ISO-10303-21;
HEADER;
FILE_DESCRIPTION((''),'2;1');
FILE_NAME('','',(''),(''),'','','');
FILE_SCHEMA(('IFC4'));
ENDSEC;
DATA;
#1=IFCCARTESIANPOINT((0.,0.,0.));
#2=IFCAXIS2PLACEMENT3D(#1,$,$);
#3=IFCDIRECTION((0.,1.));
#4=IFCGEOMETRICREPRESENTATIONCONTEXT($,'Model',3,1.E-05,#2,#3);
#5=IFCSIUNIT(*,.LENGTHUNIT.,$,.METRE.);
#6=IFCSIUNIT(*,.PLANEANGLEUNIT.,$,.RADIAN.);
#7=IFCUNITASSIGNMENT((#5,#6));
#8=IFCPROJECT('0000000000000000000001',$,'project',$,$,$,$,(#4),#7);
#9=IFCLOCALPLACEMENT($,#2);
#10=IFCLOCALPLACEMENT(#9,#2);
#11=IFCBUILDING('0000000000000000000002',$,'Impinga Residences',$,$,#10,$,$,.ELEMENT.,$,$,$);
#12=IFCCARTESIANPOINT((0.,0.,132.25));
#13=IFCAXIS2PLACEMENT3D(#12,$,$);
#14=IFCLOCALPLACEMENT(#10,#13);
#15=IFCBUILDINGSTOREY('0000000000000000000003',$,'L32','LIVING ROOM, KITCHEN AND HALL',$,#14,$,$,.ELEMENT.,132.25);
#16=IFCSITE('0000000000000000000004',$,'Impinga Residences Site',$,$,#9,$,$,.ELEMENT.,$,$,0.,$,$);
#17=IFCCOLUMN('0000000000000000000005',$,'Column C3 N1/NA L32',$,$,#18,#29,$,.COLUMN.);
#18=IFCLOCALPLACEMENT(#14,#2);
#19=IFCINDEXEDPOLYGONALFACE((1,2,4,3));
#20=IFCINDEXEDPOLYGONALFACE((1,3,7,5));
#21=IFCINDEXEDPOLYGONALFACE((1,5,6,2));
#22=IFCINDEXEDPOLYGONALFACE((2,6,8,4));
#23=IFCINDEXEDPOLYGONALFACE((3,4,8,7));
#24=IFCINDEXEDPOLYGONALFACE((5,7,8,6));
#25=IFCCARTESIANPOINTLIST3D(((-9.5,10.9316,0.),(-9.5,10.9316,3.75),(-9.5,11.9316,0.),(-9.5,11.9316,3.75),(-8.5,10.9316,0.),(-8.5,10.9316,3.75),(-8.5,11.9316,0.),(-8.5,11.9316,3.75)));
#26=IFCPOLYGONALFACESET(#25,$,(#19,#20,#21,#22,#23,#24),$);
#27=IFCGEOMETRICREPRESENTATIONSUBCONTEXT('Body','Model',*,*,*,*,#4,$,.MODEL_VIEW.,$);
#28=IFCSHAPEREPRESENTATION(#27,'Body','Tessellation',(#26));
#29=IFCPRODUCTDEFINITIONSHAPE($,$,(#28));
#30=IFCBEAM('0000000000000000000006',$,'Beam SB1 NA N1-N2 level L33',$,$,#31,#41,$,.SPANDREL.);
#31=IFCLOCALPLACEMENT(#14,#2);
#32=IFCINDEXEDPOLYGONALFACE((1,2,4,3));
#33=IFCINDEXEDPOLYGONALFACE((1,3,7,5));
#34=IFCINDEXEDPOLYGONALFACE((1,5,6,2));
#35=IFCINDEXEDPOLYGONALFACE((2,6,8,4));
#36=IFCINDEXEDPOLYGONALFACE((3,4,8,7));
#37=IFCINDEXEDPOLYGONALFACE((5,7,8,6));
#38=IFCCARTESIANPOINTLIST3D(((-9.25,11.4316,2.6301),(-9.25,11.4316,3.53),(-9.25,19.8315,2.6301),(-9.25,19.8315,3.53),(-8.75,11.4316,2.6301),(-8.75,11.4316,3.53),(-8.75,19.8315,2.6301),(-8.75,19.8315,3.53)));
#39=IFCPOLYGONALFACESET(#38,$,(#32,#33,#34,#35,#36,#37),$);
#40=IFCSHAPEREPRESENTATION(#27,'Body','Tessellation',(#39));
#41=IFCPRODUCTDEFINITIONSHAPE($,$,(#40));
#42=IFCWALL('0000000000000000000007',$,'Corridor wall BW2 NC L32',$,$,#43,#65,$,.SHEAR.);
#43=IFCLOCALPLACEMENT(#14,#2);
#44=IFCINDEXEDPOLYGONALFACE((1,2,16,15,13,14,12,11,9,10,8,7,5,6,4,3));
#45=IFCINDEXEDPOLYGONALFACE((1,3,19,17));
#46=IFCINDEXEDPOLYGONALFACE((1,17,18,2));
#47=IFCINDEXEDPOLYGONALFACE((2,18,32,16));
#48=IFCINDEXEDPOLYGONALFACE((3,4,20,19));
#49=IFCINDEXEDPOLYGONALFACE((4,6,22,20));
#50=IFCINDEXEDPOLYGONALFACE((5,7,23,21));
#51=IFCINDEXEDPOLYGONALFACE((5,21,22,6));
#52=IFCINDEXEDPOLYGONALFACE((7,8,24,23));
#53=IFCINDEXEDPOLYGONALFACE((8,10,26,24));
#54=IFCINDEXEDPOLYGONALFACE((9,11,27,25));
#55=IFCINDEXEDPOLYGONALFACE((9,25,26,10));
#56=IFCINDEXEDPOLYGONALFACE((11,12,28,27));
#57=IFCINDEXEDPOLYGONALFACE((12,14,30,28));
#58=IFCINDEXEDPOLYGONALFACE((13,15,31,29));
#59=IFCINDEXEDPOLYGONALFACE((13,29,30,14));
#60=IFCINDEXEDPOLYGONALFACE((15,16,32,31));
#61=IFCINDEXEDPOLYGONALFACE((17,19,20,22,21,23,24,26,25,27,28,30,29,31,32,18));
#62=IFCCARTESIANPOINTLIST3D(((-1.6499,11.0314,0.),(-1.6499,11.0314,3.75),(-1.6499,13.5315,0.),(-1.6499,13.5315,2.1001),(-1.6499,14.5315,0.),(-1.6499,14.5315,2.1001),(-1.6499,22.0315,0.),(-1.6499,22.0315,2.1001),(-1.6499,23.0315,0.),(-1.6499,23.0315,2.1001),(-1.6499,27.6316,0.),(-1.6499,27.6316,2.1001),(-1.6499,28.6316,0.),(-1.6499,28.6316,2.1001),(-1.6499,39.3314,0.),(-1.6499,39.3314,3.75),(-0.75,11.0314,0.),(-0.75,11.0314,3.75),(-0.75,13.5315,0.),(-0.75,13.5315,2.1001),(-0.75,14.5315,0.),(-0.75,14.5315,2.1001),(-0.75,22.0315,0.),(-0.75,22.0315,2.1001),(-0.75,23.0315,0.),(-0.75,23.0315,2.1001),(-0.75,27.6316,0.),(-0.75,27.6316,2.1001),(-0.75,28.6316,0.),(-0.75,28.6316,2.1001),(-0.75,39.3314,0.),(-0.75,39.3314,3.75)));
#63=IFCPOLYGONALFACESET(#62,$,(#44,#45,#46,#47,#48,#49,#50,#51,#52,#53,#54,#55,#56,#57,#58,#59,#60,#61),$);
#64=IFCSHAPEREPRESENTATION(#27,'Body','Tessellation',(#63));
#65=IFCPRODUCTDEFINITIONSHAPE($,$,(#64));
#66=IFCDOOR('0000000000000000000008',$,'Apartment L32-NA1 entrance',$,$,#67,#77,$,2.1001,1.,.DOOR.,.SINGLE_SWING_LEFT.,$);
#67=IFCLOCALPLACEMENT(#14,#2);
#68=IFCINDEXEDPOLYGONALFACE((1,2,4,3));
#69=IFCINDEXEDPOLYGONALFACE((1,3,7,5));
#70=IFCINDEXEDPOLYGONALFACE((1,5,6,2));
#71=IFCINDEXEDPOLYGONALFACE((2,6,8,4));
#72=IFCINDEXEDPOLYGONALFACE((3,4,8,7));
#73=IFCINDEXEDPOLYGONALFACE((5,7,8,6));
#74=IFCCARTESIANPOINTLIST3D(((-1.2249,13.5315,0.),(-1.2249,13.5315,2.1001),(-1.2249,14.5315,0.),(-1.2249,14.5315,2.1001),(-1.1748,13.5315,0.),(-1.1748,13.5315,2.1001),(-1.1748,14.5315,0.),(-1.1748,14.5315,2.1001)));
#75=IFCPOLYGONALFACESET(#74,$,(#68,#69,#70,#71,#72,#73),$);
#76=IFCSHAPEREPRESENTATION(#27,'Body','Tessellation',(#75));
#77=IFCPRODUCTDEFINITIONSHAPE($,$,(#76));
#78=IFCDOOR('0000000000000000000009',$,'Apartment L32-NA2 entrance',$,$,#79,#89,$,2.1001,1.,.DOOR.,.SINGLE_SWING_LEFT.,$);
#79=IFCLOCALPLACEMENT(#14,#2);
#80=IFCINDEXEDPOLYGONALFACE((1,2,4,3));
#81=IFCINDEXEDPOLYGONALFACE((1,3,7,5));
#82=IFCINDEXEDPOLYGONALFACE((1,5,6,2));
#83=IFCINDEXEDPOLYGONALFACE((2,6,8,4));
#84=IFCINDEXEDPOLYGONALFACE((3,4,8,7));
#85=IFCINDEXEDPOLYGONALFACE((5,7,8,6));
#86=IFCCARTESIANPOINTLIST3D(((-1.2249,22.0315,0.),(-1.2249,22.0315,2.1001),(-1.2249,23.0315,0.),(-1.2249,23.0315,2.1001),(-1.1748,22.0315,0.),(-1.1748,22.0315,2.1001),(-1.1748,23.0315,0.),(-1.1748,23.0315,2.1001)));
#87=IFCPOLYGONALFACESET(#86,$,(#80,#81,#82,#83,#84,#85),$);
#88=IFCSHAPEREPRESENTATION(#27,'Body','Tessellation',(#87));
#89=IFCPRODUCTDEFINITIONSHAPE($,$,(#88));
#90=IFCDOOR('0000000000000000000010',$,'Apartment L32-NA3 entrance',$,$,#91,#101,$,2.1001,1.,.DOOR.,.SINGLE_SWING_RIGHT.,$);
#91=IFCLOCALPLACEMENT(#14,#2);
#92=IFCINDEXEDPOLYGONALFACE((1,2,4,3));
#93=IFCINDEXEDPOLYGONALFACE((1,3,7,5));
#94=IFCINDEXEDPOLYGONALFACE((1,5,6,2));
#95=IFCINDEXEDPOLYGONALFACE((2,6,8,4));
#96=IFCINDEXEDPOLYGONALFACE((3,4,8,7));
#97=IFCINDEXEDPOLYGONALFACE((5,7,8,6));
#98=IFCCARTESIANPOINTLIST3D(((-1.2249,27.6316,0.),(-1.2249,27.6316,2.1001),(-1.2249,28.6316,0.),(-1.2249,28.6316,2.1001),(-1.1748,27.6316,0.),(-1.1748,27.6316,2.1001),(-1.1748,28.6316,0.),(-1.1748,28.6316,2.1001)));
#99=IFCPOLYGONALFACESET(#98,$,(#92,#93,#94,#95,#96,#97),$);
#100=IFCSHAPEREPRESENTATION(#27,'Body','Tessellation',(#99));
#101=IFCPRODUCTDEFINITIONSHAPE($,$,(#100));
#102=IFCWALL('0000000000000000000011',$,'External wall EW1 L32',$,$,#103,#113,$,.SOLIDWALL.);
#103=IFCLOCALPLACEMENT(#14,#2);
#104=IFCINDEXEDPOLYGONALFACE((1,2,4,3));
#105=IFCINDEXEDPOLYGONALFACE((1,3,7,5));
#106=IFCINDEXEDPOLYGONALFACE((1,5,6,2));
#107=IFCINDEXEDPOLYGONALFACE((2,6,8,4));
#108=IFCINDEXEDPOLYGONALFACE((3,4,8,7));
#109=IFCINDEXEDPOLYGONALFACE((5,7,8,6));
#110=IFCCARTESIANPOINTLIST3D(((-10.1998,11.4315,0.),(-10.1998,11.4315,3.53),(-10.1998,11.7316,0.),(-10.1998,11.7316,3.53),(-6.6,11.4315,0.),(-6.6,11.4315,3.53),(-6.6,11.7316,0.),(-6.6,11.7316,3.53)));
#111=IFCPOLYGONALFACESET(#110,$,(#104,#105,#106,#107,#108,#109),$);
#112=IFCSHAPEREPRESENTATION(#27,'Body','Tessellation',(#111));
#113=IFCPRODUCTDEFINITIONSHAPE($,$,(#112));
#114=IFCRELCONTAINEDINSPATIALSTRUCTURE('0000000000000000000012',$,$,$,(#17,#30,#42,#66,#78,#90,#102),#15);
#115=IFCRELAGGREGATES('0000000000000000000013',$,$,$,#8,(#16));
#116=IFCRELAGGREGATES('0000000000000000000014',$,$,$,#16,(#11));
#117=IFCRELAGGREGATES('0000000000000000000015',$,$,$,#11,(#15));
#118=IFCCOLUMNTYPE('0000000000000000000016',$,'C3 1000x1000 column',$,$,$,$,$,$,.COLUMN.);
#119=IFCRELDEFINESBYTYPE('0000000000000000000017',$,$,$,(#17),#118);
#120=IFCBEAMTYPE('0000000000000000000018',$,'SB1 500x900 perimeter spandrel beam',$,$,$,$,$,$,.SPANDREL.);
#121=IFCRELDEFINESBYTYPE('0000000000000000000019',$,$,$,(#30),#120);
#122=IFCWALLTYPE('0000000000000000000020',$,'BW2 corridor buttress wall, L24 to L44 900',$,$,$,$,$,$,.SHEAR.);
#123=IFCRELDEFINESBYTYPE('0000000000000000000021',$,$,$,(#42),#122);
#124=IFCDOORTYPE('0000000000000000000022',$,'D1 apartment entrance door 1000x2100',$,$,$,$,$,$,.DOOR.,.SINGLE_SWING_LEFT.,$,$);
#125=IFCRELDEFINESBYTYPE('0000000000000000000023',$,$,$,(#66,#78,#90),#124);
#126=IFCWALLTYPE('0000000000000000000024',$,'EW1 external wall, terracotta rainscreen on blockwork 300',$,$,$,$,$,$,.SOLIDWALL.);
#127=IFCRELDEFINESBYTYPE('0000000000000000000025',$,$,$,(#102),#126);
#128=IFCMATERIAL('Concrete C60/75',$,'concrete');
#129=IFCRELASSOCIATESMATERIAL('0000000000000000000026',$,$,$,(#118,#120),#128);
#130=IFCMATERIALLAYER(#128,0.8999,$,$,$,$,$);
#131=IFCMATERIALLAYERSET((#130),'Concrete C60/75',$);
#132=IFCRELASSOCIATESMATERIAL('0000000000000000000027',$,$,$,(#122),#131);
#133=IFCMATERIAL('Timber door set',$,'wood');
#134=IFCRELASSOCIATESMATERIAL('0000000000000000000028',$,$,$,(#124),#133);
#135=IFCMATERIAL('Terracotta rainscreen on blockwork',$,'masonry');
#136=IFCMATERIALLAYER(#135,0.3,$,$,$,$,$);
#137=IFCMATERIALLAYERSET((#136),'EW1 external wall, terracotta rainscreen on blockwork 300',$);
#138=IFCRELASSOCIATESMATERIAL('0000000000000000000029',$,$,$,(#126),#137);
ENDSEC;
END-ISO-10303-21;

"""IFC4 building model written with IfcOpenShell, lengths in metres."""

from ifc_helpers import new_model, si_unit, direction, frame, frame_2d, origin, origin_2d, place, context, subcontext, project, spatial, rectangle, extrude, material, layer, layer_set, material_profile, profile_set, type_object, element, fill, save


model = new_model("IFC4")

# Units and contexts
model_context = context("Model", 3, precision=1e-05, world=origin(), true_north=direction((0.0, 1.0)))
body_context = subcontext(model_context, "Body", "Model", "MODEL_VIEW")
ifc_project = project(units=[si_unit("LENGTHUNIT", "METRE"), si_unit("PLANEANGLEUNIT", "RADIAN")], contexts=[model_context])

# Site, building, storey
site_placement = place(None, origin())
site = spatial("IfcSite", under=ifc_project, at=site_placement, Name="Impinga Residences Site", CompositionType="ELEMENT", RefElevation=0.0)
building_placement = place(site_placement, origin())
building = spatial("IfcBuilding", under=site, at=building_placement, Name="Impinga Residences", CompositionType="ELEMENT")
storey_placement = place(building_placement, frame((0.0, 0.0, 132.25)))
storey = spatial("IfcBuildingStorey", under=building, at=storey_placement, Name="L32", Description="LIVING ROOM, KITCHEN AND HALL", CompositionType="ELEMENT", Elevation=132.25)

# Column
ifc_material_1 = material(Name="Concrete C60/75", Category="concrete")
ifc_material_profile_1 = material_profile(ifc_material_1, rectangle(XDim=1.0, YDim=1.0, at=origin_2d()), Name="RC 1000x1000")
ifc_profile_set_1 = profile_set([ifc_material_profile_1], Name="Concrete C60/75")
column_type = type_object("IfcColumnType", Name="C3 1000x1000 column", PredefinedType="COLUMN", material=ifc_profile_set_1)
column_placement = place(storey_placement, frame((-9.0, 11.4316, 0.0), z_axis=(0.0, 0.0, 1.0), x_axis=(1.0, 0.0, 0.0)))
element("IfcColumn", 1, at=column_placement, inside=storey, type_object=column_type, Name="Column C3 N1/NA L32", PredefinedType="COLUMN", context=body_context, shape_type="SweptSolid", body=[
    extrude(rectangle(XDim=1.0, YDim=1.0, at=origin_2d()), origin(), (0.0, 0.0, 1.0), 3.75),
])

# Beam
ifc_material_profile_2 = material_profile(ifc_material_1, rectangle(XDim=0.5, YDim=0.8999, at=origin_2d()), Name="RC 500x900")
ifc_profile_set_2 = profile_set([ifc_material_profile_2], Name="Concrete C60/75")
beam_type = type_object("IfcBeamType", Name="SB1 500x900 perimeter spandrel beam", PredefinedType="SPANDREL", material=ifc_profile_set_2)
beam_placement = place(storey_placement, frame((-9.0, 11.4316, 3.0801), z_axis=(0.0, 1.0, 0.0), x_axis=(-1.0, 0.0, 0.0)))
element("IfcBeam", 2, at=beam_placement, inside=storey, type_object=beam_type, Name="Beam SB1 NA N1-N2 level L33", PredefinedType="SPANDREL", context=body_context, shape_type="SweptSolid", body=[
    extrude(rectangle(XDim=0.5, YDim=0.8999, at=origin_2d()), origin(), (0.0, 0.0, 1.0), 8.3999),
])

# Wall, openings, doors
ifc_layer_1 = layer(ifc_material_1, 0.8999)
ifc_layer_set_1 = layer_set([ifc_layer_1], Name="Concrete C60/75")
wall_type_1 = type_object("IfcWallType", Name="BW2 corridor buttress wall, L24 to L44 900", PredefinedType="SHEAR", material=ifc_layer_set_1)
wall_1_placement = place(storey_placement, frame((-1.2, 11.0315, 0.0), z_axis=(0.0, 0.0, 1.0), x_axis=(0.0, 1.0, 0.0)))
wall_1 = element("IfcWall", 3, at=wall_1_placement, inside=storey, type_object=wall_type_1, Name="Corridor wall BW2 NC L32", PredefinedType="SHEAR", context=body_context, shape_type="SweptSolid", body=[
    extrude(rectangle(XDim=28.3, YDim=0.8999, at=frame_2d((14.1499, 0.0))), origin(), (0.0, 0.0, 1.0), 3.75),
])
opening_1_placement = place(wall_1_placement, frame((2.5, 0.0, 0.0)))
opening_1 = element("IfcOpeningElement", 4, at=opening_1_placement, cuts=wall_1, PredefinedType="OPENING", context=body_context, shape_type="SweptSolid", body=[
    extrude(rectangle(XDim=1.0, YDim=2.1001, at=frame_2d((0.5, 1.05))), frame((0.0, 0.46, 0.0), z_axis=(0.0, -1.0, 0.0), x_axis=(1.0, 0.0, 0.0)), (0.0, 0.0, 1.0), 0.9199),
])
opening_2_placement = place(wall_1_placement, frame((11.0, 0.0, 0.0)))
opening_2 = element("IfcOpeningElement", 5, at=opening_2_placement, cuts=wall_1, PredefinedType="OPENING", context=body_context, shape_type="SweptSolid", body=[
    extrude(rectangle(XDim=1.0, YDim=2.1001, at=frame_2d((0.5, 1.05))), frame((0.0, 0.46, 0.0), z_axis=(0.0, -1.0, 0.0), x_axis=(1.0, 0.0, 0.0)), (0.0, 0.0, 1.0), 0.9199),
])
opening_3_placement = place(wall_1_placement, frame((16.6001, 0.0, 0.0)))
opening_3 = element("IfcOpeningElement", 6, at=opening_3_placement, cuts=wall_1, PredefinedType="OPENING", context=body_context, shape_type="SweptSolid", body=[
    extrude(rectangle(XDim=1.0, YDim=2.1001, at=frame_2d((0.5, 1.05))), frame((0.0, 0.46, 0.0), z_axis=(0.0, -1.0, 0.0), x_axis=(1.0, 0.0, 0.0)), (0.0, 0.0, 1.0), 0.9199),
])
ifc_material_2 = material(Name="Timber door set", Category="wood")
door_type_1 = type_object("IfcDoorType", Name="D1 apartment entrance door 1000x2100", OperationType="SINGLE_SWING_LEFT", PredefinedType="DOOR", material=ifc_material_2)
door_1_placement = place(opening_1_placement, origin())
door_1 = element("IfcDoor", 7, at=door_1_placement, inside=storey, type_object=door_type_1, Name="Apartment L32-NA1 entrance", OperationType="SINGLE_SWING_LEFT", OverallHeight=2.1001, OverallWidth=1.0, PredefinedType="DOOR", context=body_context, shape_type="SweptSolid", body=[
    extrude(rectangle(XDim=1.0, YDim=2.1001, at=frame_2d((0.5, 1.05))), frame((0.0, 0.0249, 0.0), z_axis=(0.0, -1.0, 0.0), x_axis=(1.0, 0.0, 0.0)), (0.0, 0.0, 1.0), 0.05),
])
fill(opening_1, door_1)
door_2_placement = place(opening_2_placement, origin())
door_2 = element("IfcDoor", 8, at=door_2_placement, inside=storey, type_object=door_type_1, Name="Apartment L32-NA2 entrance", OperationType="SINGLE_SWING_LEFT", OverallHeight=2.1001, OverallWidth=1.0, PredefinedType="DOOR", context=body_context, shape_type="SweptSolid", body=[
    extrude(rectangle(XDim=1.0, YDim=2.1001, at=frame_2d((0.5, 1.05))), frame((0.0, 0.0249, 0.0), z_axis=(0.0, -1.0, 0.0), x_axis=(1.0, 0.0, 0.0)), (0.0, 0.0, 1.0), 0.05),
])
fill(opening_2, door_2)
door_3_placement = place(opening_3_placement, origin())
door_3 = element("IfcDoor", 9, at=door_3_placement, inside=storey, type_object=door_type_1, Name="Apartment L32-NA3 entrance", OperationType="SINGLE_SWING_RIGHT", OverallHeight=2.1001, OverallWidth=1.0, PredefinedType="DOOR", context=body_context, shape_type="SweptSolid", body=[
    extrude(rectangle(XDim=1.0, YDim=2.1001, at=frame_2d((0.5, 1.05))), frame((0.0, 0.0249, 0.0), z_axis=(0.0, -1.0, 0.0), x_axis=(1.0, 0.0, 0.0)), (0.0, 0.0, 1.0), 0.05),
])
fill(opening_3, door_3)

# Wall
ifc_material_3 = material(Name="Terracotta rainscreen on blockwork", Category="masonry")
ifc_layer_2 = layer(ifc_material_3, 0.3)
ifc_layer_set_2 = layer_set([ifc_layer_2], Name="EW1 external wall, terracotta rainscreen on blockwork 300")
wall_type_2 = type_object("IfcWallType", Name="EW1 external wall, terracotta rainscreen on blockwork 300", PredefinedType="SOLIDWALL", material=ifc_layer_set_2)
wall_2_placement = place(storey_placement, frame((-6.6001, 11.5815, 0.0), z_axis=(0.0, 0.0, 1.0), x_axis=(-1.0, 0.0, 0.0)))
element("IfcWall", 10, at=wall_2_placement, inside=storey, type_object=wall_type_2, Name="External wall EW1 L32", PredefinedType="SOLIDWALL", context=body_context, shape_type="SweptSolid", body=[
    extrude(rectangle(XDim=3.5999, YDim=0.3, at=frame_2d((1.7998, 0.0))), origin(), (0.0, 0.0, 1.0), 3.53),
])

save(model, "model.ifc")
